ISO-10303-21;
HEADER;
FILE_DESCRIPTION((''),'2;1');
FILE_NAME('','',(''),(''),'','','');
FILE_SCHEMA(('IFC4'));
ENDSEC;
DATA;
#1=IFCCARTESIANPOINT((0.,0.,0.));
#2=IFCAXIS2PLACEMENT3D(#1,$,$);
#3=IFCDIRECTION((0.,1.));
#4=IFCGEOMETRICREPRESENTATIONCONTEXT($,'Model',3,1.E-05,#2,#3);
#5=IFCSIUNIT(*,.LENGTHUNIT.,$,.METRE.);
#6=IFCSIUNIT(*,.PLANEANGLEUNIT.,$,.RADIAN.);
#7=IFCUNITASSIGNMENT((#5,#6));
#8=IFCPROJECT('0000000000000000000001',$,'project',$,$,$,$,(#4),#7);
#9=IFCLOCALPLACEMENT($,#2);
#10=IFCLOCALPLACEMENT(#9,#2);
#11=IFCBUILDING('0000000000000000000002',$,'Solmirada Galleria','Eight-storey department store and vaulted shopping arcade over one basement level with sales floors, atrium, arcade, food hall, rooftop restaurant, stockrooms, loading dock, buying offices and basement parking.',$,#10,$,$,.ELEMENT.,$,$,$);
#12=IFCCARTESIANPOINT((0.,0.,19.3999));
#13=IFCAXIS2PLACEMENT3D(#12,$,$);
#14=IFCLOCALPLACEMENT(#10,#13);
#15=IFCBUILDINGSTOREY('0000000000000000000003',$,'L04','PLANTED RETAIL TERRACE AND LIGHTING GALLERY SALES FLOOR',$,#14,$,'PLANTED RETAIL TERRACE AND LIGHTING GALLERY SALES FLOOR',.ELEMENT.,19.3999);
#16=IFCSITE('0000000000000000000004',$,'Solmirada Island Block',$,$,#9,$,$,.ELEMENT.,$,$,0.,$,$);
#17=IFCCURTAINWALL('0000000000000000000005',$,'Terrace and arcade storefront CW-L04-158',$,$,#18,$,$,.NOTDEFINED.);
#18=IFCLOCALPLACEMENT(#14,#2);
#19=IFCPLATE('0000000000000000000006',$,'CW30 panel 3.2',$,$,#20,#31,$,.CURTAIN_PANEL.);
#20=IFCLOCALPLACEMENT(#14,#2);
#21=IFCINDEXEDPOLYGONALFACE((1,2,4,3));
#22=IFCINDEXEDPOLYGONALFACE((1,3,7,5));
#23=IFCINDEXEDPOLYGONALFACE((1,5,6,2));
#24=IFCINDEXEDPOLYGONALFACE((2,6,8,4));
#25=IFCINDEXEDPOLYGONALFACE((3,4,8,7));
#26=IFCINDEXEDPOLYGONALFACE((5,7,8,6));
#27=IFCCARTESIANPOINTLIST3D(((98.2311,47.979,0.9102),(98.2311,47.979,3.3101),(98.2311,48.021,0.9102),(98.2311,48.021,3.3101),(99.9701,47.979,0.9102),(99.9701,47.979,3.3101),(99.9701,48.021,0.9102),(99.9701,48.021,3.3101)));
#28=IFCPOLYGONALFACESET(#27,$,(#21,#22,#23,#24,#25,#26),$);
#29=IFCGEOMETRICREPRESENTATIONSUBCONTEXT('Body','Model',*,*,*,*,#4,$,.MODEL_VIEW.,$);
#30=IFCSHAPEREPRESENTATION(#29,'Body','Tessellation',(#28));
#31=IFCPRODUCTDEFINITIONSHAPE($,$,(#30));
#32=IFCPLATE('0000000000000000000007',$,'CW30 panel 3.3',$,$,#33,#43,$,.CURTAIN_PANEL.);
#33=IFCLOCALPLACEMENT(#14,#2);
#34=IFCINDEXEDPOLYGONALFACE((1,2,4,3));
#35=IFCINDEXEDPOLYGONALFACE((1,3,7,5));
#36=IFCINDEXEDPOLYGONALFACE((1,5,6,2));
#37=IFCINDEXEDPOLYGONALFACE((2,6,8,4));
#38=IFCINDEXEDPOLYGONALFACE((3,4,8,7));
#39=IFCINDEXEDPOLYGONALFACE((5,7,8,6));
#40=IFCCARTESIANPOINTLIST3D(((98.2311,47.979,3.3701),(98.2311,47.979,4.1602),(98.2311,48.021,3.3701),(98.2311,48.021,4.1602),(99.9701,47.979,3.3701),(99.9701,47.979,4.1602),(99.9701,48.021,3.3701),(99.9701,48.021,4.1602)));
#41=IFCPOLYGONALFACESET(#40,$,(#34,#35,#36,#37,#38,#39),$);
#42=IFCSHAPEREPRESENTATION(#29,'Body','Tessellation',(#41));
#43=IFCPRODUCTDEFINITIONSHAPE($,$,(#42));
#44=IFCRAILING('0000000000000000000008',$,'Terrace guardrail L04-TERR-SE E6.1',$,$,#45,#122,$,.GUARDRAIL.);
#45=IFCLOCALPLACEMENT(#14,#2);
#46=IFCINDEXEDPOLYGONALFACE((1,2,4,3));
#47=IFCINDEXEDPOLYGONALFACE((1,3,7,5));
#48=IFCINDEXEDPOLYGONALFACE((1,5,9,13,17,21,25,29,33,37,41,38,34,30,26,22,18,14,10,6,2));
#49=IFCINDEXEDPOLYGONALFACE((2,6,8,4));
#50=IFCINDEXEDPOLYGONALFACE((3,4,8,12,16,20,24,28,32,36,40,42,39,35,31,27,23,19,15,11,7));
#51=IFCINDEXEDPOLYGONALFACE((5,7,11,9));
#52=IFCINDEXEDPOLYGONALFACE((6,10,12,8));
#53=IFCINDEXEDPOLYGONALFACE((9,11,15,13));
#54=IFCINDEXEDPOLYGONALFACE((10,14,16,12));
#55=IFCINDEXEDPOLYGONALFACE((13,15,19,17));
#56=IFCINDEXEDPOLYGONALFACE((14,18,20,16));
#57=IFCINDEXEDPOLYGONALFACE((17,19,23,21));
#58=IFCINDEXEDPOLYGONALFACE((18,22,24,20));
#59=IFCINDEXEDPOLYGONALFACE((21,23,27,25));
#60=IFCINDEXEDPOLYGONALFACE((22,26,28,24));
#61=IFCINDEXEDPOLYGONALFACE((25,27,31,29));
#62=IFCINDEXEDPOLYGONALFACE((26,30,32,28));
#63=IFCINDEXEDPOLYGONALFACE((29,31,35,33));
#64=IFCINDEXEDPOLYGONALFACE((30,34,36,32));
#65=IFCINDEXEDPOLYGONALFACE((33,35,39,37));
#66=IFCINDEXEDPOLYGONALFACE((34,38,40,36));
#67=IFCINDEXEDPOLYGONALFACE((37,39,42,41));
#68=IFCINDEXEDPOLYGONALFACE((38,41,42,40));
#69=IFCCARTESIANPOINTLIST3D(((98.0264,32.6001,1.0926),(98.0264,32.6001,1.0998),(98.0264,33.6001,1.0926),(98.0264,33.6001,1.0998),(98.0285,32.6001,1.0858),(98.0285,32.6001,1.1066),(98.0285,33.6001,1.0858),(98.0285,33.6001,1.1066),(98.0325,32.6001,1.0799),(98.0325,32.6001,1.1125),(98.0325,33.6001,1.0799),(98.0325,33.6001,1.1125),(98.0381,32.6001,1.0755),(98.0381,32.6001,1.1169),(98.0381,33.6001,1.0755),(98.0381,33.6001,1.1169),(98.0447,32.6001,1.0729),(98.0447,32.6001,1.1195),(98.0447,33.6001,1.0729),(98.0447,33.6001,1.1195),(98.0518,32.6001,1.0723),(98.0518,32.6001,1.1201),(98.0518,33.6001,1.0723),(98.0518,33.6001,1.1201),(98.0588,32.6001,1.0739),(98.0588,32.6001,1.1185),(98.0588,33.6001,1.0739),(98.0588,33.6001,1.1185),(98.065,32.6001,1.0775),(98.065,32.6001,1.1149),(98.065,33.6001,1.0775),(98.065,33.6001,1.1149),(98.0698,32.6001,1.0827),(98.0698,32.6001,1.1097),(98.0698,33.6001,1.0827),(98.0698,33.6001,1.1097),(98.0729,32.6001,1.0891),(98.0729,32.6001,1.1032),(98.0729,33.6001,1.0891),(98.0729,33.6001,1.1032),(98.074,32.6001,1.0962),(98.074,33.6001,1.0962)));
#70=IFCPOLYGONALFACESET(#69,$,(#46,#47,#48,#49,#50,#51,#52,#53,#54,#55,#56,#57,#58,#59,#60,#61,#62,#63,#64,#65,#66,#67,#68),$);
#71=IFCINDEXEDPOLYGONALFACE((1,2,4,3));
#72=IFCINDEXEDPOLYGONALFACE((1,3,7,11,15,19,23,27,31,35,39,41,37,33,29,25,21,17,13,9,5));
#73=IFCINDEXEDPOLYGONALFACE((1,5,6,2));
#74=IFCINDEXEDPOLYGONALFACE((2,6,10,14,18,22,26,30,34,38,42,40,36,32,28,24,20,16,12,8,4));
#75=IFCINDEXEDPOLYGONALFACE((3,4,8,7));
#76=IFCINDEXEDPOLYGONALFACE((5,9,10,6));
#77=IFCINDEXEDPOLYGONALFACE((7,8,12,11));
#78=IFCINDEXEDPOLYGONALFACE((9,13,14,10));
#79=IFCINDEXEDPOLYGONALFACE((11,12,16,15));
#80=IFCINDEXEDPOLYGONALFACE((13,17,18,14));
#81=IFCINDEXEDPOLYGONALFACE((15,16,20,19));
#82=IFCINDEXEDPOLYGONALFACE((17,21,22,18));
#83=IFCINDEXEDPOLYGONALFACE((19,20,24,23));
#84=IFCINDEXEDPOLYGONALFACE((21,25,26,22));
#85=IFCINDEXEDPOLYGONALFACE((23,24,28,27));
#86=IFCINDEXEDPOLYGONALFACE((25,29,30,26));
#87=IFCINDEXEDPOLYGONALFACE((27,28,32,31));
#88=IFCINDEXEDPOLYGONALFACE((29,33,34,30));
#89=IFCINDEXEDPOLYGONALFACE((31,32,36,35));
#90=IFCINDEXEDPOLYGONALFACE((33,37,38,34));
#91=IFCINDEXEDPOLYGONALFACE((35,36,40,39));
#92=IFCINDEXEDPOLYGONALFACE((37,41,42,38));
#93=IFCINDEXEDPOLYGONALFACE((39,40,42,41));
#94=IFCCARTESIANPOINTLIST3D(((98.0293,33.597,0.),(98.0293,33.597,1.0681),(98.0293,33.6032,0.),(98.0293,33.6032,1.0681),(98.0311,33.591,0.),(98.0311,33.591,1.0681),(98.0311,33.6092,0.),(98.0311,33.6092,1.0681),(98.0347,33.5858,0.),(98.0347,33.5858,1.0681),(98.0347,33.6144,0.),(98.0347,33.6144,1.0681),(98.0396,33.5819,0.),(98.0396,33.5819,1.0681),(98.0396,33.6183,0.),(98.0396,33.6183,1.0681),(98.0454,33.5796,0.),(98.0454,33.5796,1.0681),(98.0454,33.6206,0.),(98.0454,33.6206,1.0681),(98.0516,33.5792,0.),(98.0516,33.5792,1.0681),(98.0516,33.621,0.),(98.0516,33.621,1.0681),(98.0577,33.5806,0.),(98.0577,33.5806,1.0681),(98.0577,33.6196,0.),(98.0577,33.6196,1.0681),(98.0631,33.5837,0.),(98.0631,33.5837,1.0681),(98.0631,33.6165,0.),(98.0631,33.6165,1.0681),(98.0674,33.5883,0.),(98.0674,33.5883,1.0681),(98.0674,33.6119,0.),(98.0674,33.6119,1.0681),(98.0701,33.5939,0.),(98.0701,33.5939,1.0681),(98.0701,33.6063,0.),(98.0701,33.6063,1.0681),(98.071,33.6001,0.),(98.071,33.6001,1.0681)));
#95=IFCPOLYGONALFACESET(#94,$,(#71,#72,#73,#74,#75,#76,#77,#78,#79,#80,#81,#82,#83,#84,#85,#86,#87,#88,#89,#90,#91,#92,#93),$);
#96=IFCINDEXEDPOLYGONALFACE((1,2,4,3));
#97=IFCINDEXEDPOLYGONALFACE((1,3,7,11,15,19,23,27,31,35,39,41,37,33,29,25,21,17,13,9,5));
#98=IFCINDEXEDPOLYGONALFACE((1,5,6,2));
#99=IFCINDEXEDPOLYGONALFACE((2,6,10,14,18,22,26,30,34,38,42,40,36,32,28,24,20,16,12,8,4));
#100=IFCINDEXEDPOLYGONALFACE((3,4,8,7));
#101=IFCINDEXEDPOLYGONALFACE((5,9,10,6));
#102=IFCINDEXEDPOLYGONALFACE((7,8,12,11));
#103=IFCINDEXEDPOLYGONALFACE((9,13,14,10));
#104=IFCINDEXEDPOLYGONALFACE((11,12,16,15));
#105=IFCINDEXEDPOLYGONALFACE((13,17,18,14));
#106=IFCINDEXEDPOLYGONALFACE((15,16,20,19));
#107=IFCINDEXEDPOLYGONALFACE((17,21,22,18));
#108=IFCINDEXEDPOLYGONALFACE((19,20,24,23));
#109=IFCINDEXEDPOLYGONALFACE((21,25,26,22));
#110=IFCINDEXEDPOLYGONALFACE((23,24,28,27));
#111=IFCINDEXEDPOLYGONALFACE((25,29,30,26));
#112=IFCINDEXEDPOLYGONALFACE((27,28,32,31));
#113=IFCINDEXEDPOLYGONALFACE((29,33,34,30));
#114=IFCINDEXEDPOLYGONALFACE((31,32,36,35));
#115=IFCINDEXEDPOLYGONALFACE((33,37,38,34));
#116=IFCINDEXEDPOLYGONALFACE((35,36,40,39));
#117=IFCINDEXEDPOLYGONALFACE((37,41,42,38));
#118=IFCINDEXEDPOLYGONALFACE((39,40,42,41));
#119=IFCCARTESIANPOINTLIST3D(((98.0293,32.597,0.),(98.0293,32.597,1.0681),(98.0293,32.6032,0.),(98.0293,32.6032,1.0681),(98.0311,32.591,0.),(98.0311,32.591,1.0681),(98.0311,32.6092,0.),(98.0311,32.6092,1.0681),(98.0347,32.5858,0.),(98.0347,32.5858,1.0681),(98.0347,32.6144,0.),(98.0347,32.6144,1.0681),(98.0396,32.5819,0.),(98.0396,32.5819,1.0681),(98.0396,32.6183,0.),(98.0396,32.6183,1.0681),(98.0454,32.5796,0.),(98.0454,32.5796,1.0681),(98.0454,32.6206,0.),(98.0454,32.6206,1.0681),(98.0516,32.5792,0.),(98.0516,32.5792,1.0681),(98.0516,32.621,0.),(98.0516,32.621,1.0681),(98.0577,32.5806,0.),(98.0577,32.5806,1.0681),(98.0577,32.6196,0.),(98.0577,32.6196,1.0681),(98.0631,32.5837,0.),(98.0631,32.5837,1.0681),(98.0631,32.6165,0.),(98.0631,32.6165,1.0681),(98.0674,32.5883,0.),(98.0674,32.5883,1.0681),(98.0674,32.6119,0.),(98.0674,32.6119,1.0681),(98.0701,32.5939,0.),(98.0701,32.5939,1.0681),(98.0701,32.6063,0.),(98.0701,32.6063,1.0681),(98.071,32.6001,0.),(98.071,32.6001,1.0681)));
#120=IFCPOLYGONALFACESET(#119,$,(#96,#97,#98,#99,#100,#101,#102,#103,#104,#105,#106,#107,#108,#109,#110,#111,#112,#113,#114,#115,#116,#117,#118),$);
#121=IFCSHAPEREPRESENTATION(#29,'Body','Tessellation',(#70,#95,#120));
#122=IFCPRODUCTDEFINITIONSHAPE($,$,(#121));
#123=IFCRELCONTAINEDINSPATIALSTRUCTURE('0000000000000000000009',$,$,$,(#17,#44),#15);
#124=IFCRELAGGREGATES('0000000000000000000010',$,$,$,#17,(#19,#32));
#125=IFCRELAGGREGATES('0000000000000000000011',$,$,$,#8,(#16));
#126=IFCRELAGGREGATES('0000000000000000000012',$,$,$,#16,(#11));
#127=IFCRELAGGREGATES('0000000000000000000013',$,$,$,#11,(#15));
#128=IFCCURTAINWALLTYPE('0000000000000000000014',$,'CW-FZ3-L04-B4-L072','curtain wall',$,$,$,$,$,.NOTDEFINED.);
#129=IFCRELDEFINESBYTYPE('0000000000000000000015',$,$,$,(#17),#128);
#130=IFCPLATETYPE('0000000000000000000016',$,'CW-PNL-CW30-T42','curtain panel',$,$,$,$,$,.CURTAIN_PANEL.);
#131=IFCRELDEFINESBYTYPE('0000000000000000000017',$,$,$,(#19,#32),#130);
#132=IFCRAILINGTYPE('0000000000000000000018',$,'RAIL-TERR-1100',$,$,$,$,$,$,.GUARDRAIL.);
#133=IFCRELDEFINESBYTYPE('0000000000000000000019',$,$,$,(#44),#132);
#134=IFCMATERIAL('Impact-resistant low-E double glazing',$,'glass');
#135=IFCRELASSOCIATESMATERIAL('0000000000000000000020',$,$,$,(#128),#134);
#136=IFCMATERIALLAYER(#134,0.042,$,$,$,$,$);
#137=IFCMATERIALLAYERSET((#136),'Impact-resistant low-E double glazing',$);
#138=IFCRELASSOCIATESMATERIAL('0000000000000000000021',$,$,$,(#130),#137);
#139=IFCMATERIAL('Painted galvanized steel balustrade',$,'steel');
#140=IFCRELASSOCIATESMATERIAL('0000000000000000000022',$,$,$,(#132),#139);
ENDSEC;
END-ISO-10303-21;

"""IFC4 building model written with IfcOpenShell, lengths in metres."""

from ifc_helpers import new_model, si_unit, direction, frame, origin, origin_2d, place, context, subcontext, project, spatial, rectangle, circle, extrude, material, layer, layer_set, type_object, element, aggregate, save


model = new_model("IFC4")

# Units and contexts
model_context = context("Model", 3, precision=1e-05, world=origin(), true_north=direction((0.0, 1.0)))
body_context = subcontext(model_context, "Body", "Model", "MODEL_VIEW")
ifc_project = project(units=[si_unit("LENGTHUNIT", "METRE"), si_unit("PLANEANGLEUNIT", "RADIAN")], contexts=[model_context])

# Site, building, storey
site_placement = place(None, origin())
site = spatial("IfcSite", under=ifc_project, at=site_placement, Name="Solmirada Island Block", CompositionType="ELEMENT", RefElevation=0.0)
building_placement = place(site_placement, origin())
building = spatial("IfcBuilding", under=site, at=building_placement, Name="Solmirada Galleria", Description="Eight-storey department store and vaulted shopping arcade over one basement level with sales floors, atrium, arcade, food hall, rooftop restaurant, stockrooms, loading dock, buying offices and basement parking.", CompositionType="ELEMENT")
storey_placement = place(building_placement, frame((0.0, 0.0, 19.3999)))
storey = spatial("IfcBuildingStorey", under=building, at=storey_placement, Name="L04", Description="PLANTED RETAIL TERRACE AND LIGHTING GALLERY SALES FLOOR", LongName="PLANTED RETAIL TERRACE AND LIGHTING GALLERY SALES FLOOR", CompositionType="ELEMENT", Elevation=19.3999)

# Curtain wall, plates
ifc_material_1 = material(Name="Impact-resistant low-E double glazing", Category="glass")
curtain_wall_type = type_object("IfcCurtainWallType", Name="CW-FZ3-L04-B4-L072", Description="curtain wall", PredefinedType="NOTDEFINED", material=ifc_material_1)
curtain_wall_placement = place(storey_placement, origin())
curtain_wall = element("IfcCurtainWall", 1, at=curtain_wall_placement, inside=storey, type_object=curtain_wall_type, Name="Terrace and arcade storefront CW-L04-158", PredefinedType="NOTDEFINED")
ifc_layer_1 = layer(ifc_material_1, 0.042)
ifc_layer_set_1 = layer_set([ifc_layer_1], Name="Impact-resistant low-E double glazing")
plate_type = type_object("IfcPlateType", Name="CW-PNL-CW30-T42", Description="curtain panel", PredefinedType="CURTAIN_PANEL", material=ifc_layer_set_1)
plate_1_placement = place(storey_placement, frame((99.1006, 48.0, 0.9102), z_axis=(0.0, 0.0, 1.0), x_axis=(-1.0, 0.0, 0.0)))
plate_1 = element("IfcPlate", 2, at=plate_1_placement, type_object=plate_type, Name="CW30 panel 3.2", PredefinedType="CURTAIN_PANEL", context=body_context, shape_type="SweptSolid", body=[
    extrude(rectangle(XDim=1.739, YDim=0.042, at=origin_2d()), origin(), (0.0, 0.0, 1.0), 2.3999),
])
plate_2_placement = place(storey_placement, frame((99.1006, 48.0, 3.3701), z_axis=(0.0, 0.0, 1.0), x_axis=(-1.0, 0.0, 0.0)))
plate_2 = element("IfcPlate", 3, at=plate_2_placement, type_object=plate_type, Name="CW30 panel 3.3", PredefinedType="CURTAIN_PANEL", context=body_context, shape_type="SweptSolid", body=[
    extrude(rectangle(XDim=1.739, YDim=0.042, at=origin_2d()), origin(), (0.0, 0.0, 1.0), 0.79),
])
aggregate(curtain_wall, [plate_1, plate_2])

# Railing
ifc_material_2 = material(Name="Painted galvanized steel balustrade", Category="steel")
railing_type = type_object("IfcRailingType", Name="RAIL-TERR-1100", PredefinedType="GUARDRAIL", material=ifc_material_2)
railing_1_placement = place(storey_placement, frame((98.05, 33.6001, 0.0)))
element("IfcRailing", 4, at=railing_1_placement, inside=storey, type_object=railing_type, Name="Terrace guardrail L04-TERR-SE E6.1", PredefinedType="GUARDRAIL", context=body_context, shape_type="SweptSolid", body=[
    extrude(circle(Radius=0.0239, at=origin_2d()), frame((0.0, 0.0, 1.0962), z_axis=(0.0, -1.0, 0.0), x_axis=(1.0, 0.0, 0.0)), (0.0, 0.0, 1.0), 1.0),
    extrude(circle(Radius=0.021, at=origin_2d()), origin(), (0.0, 0.0, 1.0), 1.0681),
    extrude(circle(Radius=0.021, at=origin_2d()), frame((0.0, -1.0, 0.0)), (0.0, 0.0, 1.0), 1.0681),
])

save(model, "model.ifc")
